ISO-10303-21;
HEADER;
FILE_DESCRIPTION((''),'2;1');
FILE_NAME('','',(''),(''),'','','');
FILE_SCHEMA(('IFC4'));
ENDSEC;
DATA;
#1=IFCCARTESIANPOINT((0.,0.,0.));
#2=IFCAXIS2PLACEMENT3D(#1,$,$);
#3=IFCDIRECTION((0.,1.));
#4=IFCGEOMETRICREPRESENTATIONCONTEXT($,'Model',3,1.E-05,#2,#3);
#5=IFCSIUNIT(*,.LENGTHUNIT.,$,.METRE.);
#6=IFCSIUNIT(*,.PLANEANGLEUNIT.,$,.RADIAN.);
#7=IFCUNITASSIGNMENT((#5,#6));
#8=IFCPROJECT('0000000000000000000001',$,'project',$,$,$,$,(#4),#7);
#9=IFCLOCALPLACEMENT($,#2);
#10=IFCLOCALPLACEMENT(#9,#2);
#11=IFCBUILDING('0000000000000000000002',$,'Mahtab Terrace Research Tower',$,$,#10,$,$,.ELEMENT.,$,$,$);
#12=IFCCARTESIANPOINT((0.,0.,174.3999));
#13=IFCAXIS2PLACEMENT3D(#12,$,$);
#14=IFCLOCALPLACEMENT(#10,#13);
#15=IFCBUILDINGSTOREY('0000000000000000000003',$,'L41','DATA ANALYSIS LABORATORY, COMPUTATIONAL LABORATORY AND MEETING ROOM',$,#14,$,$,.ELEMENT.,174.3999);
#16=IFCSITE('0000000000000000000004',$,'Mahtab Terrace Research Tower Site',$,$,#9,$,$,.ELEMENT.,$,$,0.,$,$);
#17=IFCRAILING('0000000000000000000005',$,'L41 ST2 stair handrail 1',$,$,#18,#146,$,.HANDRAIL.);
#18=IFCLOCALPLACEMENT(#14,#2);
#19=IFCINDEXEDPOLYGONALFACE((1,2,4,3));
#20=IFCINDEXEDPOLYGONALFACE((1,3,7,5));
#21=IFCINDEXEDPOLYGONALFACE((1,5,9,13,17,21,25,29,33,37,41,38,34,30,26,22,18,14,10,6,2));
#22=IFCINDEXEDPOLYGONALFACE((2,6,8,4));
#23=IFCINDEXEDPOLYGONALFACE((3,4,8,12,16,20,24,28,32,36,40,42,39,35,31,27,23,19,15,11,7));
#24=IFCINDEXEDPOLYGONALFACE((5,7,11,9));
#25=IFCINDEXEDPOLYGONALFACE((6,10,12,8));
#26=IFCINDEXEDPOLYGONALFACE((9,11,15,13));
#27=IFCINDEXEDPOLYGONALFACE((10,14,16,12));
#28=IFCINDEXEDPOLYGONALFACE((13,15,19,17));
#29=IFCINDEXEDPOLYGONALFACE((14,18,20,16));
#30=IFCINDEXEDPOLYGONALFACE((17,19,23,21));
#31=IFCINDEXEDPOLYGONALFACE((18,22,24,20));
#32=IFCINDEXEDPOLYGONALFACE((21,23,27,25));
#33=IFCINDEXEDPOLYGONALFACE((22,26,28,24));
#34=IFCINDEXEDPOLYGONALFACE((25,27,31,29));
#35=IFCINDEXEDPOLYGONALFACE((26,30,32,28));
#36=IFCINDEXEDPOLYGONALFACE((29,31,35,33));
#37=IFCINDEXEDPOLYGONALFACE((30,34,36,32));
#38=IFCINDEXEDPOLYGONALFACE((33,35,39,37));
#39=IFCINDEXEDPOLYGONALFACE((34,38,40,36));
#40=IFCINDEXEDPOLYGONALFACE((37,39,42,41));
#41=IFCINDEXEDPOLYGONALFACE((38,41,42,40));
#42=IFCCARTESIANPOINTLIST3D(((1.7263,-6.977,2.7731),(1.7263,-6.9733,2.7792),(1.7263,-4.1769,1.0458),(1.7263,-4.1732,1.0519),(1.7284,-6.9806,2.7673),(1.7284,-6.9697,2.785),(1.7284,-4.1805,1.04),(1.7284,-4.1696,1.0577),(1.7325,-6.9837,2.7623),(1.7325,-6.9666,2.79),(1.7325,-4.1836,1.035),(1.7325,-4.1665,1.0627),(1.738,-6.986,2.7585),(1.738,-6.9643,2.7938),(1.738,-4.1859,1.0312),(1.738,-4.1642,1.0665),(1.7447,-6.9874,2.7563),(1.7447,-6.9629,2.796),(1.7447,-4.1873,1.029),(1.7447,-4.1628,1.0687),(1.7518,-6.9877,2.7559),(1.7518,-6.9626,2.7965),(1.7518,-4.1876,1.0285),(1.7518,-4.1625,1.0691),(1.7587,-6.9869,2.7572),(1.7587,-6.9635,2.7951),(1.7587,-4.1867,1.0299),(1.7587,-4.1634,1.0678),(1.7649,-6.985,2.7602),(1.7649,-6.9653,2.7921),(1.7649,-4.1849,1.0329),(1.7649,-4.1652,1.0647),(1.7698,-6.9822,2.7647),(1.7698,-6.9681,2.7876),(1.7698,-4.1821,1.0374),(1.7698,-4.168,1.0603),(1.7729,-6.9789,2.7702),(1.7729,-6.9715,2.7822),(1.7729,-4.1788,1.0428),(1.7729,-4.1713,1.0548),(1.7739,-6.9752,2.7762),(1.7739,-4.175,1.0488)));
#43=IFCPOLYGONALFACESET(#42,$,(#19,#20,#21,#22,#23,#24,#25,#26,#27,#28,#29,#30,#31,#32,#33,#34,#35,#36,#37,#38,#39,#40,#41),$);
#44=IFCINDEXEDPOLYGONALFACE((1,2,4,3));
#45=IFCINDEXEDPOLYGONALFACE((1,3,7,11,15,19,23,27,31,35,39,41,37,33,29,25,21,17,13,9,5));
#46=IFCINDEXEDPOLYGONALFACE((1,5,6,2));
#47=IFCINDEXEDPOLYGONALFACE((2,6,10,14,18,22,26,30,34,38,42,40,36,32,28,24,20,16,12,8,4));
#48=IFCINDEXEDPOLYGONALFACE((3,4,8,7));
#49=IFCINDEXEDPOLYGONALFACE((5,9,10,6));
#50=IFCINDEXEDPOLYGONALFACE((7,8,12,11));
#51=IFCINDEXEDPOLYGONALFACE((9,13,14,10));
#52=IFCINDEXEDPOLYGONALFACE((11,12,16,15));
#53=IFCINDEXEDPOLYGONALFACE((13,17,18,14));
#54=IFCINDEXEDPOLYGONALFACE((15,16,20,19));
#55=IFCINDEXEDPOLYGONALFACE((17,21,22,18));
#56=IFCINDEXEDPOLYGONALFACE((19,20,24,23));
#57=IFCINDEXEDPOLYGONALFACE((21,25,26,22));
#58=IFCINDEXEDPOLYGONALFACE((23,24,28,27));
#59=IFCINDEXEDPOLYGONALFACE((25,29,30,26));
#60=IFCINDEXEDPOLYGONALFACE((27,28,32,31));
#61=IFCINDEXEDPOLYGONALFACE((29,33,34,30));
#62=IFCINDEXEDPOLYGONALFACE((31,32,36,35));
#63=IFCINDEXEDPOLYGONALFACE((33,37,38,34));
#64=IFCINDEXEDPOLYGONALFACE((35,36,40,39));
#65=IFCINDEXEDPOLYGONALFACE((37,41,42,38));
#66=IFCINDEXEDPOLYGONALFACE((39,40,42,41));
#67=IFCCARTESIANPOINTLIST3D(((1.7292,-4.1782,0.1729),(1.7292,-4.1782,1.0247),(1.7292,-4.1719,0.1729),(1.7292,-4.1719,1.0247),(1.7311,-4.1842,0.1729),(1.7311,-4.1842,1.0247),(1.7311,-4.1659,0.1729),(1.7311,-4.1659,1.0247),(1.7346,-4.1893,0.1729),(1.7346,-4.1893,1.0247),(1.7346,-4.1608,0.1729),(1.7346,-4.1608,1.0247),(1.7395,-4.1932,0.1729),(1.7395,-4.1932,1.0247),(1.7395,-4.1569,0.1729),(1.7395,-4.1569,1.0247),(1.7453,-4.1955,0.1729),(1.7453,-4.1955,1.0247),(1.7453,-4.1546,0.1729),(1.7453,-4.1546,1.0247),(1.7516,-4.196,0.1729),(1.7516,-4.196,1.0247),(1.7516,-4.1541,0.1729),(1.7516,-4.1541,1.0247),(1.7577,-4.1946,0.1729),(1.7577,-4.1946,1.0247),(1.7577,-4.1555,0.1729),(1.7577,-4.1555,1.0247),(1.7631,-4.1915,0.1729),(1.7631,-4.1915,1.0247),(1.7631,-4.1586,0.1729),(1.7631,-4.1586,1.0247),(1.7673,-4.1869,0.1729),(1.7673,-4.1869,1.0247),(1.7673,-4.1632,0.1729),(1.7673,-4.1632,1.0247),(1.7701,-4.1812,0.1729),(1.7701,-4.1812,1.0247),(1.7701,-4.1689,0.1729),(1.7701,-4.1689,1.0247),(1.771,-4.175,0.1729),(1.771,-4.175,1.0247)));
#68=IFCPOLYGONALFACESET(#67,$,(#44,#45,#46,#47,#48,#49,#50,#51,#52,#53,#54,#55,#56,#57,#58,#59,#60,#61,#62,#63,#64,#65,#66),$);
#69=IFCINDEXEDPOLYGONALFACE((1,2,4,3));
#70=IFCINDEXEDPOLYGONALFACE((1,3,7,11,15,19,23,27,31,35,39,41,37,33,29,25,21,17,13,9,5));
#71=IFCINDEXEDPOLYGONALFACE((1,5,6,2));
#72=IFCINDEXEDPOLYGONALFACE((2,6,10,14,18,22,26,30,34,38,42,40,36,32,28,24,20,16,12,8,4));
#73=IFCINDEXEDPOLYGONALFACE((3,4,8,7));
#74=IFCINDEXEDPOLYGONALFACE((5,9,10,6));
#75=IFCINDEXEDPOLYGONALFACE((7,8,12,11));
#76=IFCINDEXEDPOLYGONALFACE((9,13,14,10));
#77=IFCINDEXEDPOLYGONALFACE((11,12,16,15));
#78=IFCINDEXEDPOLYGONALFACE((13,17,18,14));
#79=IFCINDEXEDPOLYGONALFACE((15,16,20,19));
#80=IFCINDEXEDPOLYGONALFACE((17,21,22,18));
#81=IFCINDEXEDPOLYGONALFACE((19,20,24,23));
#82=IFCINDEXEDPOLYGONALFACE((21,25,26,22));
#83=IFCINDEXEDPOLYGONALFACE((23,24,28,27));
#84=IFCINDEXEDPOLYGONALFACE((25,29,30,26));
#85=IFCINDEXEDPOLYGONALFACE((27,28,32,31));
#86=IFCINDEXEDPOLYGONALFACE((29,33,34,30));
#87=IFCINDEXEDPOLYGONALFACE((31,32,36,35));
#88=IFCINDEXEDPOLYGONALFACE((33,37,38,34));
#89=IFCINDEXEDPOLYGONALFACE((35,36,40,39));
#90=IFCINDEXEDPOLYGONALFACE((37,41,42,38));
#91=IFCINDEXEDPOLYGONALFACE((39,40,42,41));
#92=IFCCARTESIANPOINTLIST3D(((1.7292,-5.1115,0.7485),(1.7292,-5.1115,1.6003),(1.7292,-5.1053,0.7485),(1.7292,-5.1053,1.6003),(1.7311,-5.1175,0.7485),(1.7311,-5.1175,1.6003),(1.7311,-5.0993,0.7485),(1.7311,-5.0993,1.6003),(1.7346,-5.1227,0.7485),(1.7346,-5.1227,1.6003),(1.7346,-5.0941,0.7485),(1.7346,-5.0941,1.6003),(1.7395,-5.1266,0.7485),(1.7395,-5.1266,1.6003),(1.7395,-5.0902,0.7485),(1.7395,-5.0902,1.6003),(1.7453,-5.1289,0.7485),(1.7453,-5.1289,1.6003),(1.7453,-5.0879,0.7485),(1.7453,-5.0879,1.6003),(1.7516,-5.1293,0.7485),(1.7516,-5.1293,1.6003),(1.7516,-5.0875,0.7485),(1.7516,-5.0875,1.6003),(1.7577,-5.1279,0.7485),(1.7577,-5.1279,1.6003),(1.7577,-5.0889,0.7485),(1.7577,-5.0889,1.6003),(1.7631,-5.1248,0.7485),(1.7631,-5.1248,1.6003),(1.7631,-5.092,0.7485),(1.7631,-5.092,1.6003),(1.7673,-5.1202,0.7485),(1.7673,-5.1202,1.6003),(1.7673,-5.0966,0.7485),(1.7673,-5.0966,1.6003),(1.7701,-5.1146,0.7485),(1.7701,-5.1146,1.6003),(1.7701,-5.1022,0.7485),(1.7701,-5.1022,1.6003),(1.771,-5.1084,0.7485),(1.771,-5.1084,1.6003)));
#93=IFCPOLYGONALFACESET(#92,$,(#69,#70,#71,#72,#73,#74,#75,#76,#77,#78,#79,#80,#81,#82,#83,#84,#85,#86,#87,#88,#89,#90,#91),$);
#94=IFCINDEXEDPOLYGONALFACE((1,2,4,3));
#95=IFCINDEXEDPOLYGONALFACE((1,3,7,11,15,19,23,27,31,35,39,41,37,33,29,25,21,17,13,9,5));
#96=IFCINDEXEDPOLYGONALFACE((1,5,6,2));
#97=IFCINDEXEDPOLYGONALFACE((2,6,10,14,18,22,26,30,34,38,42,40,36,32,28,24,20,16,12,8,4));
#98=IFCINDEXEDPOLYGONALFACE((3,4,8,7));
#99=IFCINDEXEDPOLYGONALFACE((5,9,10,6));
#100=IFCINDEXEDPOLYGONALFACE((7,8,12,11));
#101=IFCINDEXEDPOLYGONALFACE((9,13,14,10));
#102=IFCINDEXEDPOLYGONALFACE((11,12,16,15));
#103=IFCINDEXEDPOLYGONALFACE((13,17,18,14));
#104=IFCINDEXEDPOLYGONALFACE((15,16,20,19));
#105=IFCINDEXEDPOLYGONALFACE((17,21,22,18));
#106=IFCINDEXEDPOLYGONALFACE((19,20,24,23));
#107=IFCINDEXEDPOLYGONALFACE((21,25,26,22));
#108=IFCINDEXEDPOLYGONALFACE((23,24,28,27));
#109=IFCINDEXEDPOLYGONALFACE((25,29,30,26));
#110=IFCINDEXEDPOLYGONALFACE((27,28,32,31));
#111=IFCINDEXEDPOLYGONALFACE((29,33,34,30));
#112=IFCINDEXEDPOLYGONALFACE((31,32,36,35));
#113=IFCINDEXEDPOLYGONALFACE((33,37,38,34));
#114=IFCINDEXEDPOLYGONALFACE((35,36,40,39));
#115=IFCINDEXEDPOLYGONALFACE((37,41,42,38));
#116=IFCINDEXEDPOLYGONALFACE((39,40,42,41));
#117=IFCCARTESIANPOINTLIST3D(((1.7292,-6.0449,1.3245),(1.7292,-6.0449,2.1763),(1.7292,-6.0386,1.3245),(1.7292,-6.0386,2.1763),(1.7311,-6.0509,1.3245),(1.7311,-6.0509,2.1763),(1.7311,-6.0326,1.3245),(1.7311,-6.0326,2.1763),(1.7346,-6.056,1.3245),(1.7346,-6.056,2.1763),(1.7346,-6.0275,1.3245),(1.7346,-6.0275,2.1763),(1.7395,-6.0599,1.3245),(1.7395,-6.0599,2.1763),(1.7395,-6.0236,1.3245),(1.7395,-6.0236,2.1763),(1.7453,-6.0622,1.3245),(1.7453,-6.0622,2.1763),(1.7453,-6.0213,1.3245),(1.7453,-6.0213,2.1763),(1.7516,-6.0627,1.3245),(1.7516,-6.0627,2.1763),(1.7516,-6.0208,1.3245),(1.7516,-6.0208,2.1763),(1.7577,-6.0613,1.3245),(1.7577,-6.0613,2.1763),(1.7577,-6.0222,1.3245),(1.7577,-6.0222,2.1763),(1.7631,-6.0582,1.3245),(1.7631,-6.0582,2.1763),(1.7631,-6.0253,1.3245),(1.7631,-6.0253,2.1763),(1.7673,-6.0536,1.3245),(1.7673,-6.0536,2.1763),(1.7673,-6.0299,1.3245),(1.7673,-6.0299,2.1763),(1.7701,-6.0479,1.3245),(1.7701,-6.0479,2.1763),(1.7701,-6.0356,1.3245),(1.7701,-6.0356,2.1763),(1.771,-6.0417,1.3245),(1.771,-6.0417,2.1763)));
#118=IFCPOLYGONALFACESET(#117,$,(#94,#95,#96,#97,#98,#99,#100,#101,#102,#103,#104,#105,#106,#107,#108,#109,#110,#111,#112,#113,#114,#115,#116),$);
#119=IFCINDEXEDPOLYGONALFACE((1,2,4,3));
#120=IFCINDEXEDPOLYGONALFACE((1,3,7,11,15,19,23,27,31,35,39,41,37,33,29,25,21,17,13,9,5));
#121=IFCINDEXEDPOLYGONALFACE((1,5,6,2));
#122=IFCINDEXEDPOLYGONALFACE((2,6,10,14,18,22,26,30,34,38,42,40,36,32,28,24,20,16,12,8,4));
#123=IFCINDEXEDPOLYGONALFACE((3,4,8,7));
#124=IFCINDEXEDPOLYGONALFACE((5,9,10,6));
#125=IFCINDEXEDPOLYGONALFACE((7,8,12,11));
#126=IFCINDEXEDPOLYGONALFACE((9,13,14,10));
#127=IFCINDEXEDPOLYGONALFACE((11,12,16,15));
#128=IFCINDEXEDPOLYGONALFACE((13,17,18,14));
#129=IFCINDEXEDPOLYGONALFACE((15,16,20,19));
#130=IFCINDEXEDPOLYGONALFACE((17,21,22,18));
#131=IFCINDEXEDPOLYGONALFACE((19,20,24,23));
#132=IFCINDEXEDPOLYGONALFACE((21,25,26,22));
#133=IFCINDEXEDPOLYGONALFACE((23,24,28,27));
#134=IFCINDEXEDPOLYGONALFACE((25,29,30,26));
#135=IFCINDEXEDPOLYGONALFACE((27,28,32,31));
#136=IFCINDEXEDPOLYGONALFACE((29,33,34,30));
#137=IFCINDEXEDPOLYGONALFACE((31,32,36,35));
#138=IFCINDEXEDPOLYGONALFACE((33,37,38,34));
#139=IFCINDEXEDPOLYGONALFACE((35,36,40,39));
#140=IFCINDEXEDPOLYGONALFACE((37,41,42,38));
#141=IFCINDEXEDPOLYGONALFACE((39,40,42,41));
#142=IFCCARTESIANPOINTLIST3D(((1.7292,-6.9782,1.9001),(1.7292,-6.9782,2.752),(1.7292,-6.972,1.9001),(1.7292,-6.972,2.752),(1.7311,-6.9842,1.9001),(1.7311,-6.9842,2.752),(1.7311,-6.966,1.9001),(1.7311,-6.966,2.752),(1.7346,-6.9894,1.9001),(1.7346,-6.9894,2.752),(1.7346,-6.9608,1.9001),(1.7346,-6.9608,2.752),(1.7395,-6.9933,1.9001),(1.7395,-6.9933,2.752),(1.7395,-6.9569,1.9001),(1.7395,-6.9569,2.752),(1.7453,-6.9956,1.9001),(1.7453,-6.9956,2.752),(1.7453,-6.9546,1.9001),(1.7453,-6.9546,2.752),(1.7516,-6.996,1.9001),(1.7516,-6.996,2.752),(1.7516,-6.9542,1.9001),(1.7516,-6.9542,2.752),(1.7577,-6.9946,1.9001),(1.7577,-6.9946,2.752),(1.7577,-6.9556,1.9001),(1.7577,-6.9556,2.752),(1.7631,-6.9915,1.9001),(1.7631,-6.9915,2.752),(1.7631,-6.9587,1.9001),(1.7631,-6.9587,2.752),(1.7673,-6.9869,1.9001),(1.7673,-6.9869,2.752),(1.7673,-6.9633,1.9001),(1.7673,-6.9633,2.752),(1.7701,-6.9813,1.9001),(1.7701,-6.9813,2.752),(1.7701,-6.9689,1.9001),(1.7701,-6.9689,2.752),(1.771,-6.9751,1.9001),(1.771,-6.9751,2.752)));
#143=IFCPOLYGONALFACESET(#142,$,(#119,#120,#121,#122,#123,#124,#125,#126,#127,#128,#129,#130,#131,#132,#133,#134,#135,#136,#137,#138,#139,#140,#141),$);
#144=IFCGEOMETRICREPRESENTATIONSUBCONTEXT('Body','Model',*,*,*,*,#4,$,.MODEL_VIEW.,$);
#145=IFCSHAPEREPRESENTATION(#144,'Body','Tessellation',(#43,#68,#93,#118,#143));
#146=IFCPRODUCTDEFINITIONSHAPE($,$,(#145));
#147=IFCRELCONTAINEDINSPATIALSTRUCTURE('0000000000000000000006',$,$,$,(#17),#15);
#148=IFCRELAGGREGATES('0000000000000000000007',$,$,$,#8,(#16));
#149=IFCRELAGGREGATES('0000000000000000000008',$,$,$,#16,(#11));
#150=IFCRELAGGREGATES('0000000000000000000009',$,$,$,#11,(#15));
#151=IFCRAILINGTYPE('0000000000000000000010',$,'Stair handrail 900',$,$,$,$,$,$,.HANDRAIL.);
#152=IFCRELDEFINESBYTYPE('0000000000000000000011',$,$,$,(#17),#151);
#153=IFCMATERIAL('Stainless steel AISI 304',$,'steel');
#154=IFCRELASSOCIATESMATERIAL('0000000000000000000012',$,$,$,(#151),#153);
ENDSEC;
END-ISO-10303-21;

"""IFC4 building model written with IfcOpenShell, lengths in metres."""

from ifc_helpers import new_model, si_unit, direction, frame, origin, origin_2d, place, context, subcontext, project, spatial, circle, extrude, material, type_object, element, save


model = new_model("IFC4")

# Units and contexts
model_context = context("Model", 3, precision=1e-05, world=origin(), true_north=direction((0.0, 1.0)))
body_context = subcontext(model_context, "Body", "Model", "MODEL_VIEW")
ifc_project = project(units=[si_unit("LENGTHUNIT", "METRE"), si_unit("PLANEANGLEUNIT", "RADIAN")], contexts=[model_context])

# Site, building, storey
site_placement = place(None, origin())
site = spatial("IfcSite", under=ifc_project, at=site_placement, Name="Mahtab Terrace Research Tower Site", CompositionType="ELEMENT", RefElevation=0.0)
building_placement = place(site_placement, origin())
building = spatial("IfcBuilding", under=site, at=building_placement, Name="Mahtab Terrace Research Tower", CompositionType="ELEMENT")
storey_placement = place(building_placement, frame((0.0, 0.0, 174.3999)))
storey = spatial("IfcBuildingStorey", under=building, at=storey_placement, Name="L41", Description="DATA ANALYSIS LABORATORY, COMPUTATIONAL LABORATORY AND MEETING ROOM", CompositionType="ELEMENT", Elevation=174.3999)

# Railing
ifc_material_1 = material(Name="Stainless steel AISI 304", Category="steel")
railing_type_1 = type_object("IfcRailingType", Name="Stair handrail 900", PredefinedType="HANDRAIL", material=ifc_material_1)
railing_1_placement = place(storey_placement, frame((1.75, -4.175, 0.1729)))
element("IfcRailing", 1, at=railing_1_placement, inside=storey, type_object=railing_type_1, Name="L41 ST2 stair handrail 1", PredefinedType="HANDRAIL", context=body_context, shape_type="SweptSolid", body=[
    extrude(circle(Radius=0.0239, at=origin_2d()), frame((0.0, 0.0, 0.876), z_axis=(0.0, -0.85109, 0.52502), x_axis=(1.0, 0.0, 0.0)), (0.0, 0.0, 1.0), 3.29),
    extrude(circle(Radius=0.021, at=origin_2d()), origin(), (0.0, 0.0, 1.0), 0.8518),
    extrude(circle(Radius=0.021, at=origin_2d()), frame((0.0, -0.9333, 0.5757)), (0.0, 0.0, 1.0), 0.8518),
    extrude(circle(Radius=0.021, at=origin_2d()), frame((0.0, -1.8667, 1.1516)), (0.0, 0.0, 1.0), 0.8518),
    extrude(circle(Radius=0.021, at=origin_2d()), frame((0.0, -2.8, 1.7273)), (0.0, 0.0, 1.0), 0.8518),
])

save(model, "model.ifc")
